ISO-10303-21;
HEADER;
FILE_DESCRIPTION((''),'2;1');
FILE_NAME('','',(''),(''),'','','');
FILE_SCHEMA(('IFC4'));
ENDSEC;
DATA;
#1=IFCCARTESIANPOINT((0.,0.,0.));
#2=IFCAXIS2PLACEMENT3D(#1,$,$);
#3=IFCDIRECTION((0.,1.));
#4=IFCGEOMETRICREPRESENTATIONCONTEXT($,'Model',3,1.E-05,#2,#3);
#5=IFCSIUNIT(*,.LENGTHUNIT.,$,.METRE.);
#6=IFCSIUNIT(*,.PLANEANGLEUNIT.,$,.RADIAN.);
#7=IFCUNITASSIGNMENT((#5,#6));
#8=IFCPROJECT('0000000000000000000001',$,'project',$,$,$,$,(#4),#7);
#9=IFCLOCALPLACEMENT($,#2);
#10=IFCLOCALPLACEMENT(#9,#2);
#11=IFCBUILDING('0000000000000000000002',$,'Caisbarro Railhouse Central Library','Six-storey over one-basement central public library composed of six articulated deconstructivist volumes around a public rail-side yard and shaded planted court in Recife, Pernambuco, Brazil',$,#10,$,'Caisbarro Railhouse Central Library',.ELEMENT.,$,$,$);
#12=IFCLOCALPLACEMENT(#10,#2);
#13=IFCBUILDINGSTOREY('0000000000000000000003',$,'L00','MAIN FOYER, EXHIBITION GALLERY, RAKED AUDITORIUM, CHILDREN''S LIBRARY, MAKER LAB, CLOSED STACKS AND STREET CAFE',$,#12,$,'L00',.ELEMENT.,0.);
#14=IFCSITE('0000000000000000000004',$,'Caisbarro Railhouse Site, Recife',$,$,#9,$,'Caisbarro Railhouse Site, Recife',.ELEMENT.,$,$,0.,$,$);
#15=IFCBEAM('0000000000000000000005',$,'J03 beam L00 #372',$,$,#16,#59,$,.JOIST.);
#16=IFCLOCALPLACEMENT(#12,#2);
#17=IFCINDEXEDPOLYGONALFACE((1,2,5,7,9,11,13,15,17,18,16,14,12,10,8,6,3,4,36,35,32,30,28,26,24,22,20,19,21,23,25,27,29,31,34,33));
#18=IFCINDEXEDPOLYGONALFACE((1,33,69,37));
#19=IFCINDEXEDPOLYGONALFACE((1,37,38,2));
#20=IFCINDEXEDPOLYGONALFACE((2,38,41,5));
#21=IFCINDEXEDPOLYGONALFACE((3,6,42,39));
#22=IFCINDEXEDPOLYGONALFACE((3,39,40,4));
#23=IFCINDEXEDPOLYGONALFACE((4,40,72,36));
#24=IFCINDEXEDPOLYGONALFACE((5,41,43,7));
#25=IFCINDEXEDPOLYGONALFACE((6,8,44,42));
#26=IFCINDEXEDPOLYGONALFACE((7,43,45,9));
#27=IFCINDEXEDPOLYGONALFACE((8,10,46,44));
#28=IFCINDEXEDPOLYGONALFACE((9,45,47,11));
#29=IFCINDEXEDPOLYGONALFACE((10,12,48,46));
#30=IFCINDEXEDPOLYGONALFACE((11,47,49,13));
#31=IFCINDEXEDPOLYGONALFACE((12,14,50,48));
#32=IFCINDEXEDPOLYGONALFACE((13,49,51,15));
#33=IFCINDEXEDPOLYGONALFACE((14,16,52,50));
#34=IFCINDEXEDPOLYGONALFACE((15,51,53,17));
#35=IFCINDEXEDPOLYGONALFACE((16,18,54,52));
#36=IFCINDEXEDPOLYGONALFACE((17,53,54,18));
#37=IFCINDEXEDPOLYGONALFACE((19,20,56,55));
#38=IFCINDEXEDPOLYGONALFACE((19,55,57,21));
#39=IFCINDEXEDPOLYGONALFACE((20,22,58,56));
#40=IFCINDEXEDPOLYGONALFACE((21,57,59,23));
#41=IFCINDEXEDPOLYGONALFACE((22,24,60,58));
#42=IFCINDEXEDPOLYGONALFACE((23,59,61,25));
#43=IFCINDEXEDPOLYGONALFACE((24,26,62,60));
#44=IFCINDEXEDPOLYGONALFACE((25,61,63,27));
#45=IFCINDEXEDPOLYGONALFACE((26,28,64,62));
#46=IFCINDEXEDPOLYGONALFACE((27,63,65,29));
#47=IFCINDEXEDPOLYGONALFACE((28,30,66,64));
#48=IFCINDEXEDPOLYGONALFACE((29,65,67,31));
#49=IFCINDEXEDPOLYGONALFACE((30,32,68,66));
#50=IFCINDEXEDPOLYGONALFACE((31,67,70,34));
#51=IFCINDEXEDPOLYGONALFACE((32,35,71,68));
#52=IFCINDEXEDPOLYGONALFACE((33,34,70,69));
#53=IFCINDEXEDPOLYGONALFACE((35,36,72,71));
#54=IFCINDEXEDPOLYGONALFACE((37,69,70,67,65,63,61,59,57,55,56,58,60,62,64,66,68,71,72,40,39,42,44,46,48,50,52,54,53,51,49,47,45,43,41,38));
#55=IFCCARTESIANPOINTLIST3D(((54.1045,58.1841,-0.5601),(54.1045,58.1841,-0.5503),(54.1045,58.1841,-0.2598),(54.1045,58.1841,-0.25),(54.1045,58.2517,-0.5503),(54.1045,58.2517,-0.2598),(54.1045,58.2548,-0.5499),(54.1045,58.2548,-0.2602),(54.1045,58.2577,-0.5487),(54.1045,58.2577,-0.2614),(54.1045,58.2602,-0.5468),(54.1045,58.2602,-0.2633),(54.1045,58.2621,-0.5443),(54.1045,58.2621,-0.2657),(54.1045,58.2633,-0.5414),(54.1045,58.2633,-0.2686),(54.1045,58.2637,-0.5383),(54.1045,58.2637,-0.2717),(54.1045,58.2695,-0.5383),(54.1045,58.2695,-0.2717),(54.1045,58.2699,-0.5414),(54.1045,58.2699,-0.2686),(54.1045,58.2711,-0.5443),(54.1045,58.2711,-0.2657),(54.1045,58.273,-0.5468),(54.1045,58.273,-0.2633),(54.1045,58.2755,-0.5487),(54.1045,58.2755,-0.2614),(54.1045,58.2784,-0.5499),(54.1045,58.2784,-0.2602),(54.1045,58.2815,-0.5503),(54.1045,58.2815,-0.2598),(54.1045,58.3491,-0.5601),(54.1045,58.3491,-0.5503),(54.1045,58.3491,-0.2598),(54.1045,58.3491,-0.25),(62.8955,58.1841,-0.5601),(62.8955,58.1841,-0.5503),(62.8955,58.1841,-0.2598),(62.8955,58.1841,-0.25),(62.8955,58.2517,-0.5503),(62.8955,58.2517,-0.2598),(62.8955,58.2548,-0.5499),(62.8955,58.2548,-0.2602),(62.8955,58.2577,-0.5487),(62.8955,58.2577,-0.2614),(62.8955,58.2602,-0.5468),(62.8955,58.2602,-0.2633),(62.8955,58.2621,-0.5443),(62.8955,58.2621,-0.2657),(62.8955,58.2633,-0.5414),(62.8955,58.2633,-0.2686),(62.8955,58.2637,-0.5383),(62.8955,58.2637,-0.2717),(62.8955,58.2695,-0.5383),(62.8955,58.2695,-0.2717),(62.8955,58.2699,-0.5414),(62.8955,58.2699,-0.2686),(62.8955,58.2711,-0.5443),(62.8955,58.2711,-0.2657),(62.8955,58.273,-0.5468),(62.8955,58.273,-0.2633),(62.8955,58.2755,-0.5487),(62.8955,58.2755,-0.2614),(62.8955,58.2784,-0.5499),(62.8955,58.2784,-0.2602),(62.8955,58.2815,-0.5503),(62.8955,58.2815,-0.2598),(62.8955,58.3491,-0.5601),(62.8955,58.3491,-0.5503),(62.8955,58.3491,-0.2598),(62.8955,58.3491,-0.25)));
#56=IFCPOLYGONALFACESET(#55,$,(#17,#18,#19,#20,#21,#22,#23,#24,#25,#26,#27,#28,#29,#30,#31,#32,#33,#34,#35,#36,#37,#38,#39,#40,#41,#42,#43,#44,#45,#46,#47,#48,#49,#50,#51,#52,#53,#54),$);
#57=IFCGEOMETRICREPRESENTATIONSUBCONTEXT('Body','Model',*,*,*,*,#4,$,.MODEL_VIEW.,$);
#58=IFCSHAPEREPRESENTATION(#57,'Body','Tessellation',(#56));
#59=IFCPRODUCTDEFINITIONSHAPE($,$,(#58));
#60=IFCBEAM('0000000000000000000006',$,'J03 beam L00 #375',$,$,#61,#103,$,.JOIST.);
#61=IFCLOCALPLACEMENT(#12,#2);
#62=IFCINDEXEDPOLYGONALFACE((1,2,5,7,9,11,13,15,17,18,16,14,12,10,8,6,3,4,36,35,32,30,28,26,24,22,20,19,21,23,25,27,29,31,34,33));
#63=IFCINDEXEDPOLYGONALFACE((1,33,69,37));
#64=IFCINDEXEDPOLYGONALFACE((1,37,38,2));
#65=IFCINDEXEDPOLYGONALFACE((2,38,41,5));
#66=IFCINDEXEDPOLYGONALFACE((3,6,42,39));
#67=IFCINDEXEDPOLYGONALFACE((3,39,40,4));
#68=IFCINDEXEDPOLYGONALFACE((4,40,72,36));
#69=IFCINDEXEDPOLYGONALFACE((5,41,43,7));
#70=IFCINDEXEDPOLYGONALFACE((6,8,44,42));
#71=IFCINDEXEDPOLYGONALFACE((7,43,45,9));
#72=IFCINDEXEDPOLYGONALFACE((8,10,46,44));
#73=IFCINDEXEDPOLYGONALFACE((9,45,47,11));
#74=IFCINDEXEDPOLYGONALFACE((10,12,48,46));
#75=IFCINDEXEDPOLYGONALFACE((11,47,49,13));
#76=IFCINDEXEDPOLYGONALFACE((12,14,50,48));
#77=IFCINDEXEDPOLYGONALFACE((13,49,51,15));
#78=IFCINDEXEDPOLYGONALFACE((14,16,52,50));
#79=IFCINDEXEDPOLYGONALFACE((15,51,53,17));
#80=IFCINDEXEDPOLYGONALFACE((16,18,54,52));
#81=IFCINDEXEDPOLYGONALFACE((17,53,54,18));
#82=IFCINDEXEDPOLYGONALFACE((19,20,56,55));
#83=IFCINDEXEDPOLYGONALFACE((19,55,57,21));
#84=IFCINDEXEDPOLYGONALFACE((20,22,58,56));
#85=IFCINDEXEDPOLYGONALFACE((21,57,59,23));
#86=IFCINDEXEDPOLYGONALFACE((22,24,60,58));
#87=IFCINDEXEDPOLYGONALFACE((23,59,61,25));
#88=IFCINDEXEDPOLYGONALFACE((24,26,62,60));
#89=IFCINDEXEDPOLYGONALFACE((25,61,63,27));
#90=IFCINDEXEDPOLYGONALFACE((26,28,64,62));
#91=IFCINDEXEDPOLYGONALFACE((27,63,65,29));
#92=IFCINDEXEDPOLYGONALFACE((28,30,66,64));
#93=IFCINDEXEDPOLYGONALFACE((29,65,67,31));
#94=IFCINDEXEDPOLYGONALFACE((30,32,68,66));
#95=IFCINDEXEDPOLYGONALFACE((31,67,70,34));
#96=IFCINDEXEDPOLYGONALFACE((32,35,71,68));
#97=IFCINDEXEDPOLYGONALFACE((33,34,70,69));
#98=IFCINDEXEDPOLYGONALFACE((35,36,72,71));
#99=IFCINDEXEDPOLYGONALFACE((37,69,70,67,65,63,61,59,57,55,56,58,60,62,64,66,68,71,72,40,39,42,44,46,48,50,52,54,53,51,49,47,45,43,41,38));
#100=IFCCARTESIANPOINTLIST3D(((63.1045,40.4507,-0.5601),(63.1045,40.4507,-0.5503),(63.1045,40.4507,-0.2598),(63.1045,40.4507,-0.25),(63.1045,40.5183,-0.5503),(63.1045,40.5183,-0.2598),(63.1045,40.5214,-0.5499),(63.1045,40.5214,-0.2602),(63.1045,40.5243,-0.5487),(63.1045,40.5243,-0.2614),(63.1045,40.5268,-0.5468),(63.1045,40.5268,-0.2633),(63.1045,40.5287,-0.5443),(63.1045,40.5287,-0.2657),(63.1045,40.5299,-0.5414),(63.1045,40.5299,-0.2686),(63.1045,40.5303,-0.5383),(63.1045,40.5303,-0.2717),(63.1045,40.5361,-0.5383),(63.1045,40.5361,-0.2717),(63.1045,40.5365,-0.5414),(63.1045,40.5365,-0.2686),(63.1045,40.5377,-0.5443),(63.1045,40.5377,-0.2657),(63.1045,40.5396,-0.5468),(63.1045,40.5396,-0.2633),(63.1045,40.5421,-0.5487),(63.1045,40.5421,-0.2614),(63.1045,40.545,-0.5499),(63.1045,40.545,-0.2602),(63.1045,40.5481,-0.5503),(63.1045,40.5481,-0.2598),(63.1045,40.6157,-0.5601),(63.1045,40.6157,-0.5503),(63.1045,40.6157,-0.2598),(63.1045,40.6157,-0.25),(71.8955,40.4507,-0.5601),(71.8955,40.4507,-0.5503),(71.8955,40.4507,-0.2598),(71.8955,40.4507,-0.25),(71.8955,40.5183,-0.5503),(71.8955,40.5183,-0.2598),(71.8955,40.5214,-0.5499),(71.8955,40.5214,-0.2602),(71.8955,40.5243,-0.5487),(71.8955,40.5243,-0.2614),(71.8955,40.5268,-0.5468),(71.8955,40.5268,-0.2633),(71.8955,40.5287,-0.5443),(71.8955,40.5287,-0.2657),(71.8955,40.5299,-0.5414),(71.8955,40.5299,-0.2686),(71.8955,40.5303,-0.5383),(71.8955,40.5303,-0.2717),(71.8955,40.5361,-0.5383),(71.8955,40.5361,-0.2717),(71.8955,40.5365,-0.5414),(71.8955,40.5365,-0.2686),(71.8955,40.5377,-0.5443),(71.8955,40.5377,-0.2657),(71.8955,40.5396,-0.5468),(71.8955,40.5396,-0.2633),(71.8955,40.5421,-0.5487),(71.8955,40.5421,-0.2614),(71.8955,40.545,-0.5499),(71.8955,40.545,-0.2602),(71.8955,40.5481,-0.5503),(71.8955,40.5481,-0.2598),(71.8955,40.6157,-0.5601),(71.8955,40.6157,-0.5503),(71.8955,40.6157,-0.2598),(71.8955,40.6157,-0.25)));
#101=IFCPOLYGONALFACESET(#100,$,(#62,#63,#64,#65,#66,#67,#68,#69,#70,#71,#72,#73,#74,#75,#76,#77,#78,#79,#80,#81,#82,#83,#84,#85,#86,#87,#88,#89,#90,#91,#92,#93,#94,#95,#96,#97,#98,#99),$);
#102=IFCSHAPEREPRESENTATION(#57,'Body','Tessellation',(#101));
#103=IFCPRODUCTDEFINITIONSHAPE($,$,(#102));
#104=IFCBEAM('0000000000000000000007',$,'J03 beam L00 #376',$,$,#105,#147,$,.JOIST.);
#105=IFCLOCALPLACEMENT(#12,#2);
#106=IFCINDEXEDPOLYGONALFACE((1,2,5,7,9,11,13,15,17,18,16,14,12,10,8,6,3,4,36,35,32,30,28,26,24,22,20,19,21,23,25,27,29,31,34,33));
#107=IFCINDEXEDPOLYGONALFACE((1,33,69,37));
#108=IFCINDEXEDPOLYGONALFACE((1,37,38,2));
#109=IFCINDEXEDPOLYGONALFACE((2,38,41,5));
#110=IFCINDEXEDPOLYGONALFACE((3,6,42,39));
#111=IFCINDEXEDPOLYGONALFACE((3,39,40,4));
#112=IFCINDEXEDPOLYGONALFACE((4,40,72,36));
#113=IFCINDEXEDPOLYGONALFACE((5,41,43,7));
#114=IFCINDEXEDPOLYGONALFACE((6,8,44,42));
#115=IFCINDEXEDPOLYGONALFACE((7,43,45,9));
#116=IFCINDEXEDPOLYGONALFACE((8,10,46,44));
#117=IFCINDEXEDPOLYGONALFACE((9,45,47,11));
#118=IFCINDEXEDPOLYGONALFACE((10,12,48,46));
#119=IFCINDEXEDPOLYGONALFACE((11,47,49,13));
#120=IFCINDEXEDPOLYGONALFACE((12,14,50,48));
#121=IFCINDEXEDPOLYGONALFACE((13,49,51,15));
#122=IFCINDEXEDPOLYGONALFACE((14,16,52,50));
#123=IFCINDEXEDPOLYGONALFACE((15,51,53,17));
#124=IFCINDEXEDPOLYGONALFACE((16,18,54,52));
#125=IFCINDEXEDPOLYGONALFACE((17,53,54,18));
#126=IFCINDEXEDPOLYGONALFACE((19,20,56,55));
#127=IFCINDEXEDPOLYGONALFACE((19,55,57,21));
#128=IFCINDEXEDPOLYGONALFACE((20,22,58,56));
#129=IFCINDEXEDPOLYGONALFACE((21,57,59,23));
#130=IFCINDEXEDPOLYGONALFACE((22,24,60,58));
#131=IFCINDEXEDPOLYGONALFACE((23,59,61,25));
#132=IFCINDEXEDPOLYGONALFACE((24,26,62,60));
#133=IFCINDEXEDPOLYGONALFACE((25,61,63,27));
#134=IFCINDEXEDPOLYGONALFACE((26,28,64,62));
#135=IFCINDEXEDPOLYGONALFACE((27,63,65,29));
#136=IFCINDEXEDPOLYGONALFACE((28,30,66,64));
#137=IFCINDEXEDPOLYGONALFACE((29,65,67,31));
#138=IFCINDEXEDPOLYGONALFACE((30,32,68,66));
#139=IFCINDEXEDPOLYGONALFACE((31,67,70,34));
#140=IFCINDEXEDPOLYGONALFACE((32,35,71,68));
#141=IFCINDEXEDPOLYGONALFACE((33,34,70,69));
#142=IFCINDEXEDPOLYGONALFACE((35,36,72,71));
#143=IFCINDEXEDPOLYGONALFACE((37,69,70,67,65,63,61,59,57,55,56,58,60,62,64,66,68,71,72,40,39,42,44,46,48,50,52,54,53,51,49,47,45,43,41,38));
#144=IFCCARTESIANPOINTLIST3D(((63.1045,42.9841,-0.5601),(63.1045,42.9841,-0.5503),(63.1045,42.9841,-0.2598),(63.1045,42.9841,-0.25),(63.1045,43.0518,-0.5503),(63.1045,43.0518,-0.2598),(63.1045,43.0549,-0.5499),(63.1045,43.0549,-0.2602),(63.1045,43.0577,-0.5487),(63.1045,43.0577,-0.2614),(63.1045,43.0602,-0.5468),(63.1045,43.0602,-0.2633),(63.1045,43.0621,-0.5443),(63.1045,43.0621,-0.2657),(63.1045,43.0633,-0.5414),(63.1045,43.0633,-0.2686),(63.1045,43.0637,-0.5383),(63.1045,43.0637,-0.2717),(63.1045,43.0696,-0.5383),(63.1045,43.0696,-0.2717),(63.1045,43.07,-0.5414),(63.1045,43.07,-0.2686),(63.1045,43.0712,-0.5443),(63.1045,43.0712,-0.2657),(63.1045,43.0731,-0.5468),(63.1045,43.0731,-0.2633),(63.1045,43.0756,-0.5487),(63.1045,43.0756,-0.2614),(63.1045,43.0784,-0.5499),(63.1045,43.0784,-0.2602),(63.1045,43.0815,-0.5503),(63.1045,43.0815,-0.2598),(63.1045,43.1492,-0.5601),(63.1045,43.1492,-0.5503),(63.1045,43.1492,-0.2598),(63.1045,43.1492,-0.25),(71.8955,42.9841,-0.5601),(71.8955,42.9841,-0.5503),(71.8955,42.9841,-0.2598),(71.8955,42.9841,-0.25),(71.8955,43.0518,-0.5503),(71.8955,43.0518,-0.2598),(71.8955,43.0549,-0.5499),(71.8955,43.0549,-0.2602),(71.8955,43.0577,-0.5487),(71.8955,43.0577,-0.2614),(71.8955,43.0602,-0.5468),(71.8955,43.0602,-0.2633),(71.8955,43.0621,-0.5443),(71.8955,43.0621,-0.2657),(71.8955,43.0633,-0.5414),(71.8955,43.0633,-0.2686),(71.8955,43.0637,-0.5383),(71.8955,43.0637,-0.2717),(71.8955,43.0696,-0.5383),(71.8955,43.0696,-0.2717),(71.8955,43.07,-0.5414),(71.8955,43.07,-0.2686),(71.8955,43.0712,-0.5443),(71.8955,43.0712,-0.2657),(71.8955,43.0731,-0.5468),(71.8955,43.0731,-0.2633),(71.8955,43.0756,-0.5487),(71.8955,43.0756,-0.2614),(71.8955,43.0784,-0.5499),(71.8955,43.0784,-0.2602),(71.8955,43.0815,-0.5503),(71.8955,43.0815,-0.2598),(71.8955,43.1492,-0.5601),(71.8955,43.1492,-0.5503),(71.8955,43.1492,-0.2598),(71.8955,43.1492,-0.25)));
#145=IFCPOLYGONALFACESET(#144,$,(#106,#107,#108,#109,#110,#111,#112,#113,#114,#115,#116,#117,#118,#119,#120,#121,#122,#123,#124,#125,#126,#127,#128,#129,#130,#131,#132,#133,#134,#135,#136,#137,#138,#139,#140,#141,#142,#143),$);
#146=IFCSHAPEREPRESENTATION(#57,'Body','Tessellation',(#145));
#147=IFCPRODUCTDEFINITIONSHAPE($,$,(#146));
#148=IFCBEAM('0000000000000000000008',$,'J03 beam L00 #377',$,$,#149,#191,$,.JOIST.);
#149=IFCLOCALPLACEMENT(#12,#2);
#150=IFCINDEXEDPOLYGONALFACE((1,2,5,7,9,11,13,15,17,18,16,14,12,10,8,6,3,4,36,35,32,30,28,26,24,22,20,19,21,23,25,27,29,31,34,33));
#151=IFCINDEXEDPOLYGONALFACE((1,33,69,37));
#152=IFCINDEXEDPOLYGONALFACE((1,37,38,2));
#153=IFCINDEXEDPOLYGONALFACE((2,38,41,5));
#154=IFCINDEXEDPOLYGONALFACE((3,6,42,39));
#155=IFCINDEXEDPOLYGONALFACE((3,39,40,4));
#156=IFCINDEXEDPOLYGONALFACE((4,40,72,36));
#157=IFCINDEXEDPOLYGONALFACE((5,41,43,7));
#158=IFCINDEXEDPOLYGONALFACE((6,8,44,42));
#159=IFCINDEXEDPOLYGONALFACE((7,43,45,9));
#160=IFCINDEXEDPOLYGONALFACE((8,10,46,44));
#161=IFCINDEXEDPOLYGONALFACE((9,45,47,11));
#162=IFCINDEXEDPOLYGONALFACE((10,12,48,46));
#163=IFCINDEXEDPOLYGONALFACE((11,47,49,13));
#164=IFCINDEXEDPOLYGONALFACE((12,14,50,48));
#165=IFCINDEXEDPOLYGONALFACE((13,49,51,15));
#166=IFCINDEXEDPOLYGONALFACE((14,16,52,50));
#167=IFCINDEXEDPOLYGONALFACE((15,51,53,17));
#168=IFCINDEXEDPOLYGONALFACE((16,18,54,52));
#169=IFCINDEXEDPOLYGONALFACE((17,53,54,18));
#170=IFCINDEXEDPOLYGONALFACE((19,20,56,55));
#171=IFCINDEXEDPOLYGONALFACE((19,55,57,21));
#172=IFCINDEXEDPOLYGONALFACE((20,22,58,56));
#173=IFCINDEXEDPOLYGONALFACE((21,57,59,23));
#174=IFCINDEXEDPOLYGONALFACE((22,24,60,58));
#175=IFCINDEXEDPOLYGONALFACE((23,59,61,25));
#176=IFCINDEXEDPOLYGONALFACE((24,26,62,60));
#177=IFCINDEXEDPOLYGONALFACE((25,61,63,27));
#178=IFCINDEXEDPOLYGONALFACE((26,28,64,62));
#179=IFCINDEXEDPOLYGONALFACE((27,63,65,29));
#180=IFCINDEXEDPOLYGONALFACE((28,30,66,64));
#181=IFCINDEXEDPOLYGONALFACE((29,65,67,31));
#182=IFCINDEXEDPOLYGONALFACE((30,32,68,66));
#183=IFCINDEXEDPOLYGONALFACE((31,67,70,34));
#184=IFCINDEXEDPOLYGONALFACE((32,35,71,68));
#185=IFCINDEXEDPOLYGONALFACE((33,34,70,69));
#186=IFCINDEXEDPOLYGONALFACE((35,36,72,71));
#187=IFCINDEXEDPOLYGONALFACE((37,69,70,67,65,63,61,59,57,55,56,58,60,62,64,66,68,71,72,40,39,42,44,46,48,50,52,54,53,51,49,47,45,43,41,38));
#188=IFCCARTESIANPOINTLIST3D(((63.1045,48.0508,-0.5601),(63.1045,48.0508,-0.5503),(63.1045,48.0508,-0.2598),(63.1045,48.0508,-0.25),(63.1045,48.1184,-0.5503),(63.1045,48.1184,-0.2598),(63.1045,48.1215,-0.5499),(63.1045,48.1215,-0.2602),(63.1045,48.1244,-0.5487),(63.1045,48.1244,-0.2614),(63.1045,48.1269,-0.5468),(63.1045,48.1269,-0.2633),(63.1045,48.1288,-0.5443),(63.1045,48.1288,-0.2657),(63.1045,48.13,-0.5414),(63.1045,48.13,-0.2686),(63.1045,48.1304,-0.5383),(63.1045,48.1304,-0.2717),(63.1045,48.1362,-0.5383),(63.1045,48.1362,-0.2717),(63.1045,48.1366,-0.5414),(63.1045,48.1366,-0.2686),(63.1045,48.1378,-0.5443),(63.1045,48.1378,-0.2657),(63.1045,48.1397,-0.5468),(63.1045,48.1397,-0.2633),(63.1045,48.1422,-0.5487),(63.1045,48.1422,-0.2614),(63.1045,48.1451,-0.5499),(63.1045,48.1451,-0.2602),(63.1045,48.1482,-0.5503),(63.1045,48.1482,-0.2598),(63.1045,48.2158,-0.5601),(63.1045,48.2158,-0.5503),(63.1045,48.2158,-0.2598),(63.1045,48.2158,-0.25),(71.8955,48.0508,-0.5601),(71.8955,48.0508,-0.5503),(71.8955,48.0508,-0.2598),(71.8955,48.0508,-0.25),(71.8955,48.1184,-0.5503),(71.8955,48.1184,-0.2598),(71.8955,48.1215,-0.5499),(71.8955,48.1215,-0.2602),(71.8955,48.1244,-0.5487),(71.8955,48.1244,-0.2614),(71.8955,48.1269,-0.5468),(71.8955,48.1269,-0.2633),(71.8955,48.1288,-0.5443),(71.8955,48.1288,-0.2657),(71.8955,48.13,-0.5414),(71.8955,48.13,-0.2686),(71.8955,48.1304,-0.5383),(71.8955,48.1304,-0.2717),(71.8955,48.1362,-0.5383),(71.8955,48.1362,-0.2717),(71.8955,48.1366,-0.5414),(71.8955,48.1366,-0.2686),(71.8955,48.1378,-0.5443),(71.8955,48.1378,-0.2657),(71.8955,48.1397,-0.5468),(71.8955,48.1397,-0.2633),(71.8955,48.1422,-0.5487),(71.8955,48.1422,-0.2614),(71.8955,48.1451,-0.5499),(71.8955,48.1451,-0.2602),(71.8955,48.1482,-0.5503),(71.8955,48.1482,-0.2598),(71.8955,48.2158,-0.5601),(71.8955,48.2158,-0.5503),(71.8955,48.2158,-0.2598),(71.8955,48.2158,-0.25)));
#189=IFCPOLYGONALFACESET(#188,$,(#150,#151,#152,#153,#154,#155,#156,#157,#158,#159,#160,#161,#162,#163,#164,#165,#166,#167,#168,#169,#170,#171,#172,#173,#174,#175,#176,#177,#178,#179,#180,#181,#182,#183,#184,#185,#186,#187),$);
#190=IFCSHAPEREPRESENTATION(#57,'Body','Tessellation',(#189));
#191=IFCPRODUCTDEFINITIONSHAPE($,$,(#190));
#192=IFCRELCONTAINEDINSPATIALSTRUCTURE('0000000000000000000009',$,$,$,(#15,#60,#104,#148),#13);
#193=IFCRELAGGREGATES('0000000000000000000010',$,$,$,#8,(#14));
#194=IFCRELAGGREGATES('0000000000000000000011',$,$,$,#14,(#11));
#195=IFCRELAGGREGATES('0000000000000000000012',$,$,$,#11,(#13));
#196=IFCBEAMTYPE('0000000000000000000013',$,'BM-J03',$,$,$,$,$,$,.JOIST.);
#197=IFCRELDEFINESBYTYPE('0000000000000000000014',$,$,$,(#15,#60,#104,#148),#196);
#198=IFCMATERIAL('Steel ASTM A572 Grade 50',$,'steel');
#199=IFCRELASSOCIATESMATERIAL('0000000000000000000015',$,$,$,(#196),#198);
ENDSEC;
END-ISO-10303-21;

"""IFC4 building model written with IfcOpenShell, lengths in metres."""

from ifc_helpers import new_model, si_unit, direction, frame, origin, origin_2d, place, context, subcontext, project, spatial, i_section, extrude, material, material_profile, profile_set, type_object, element, save


model = new_model("IFC4")

# Units and contexts
model_context = context("Model", 3, precision=1e-05, world=origin(), true_north=direction((0.0, 1.0)))
body_context = subcontext(model_context, "Body", "Model", "MODEL_VIEW")
ifc_project = project(units=[si_unit("LENGTHUNIT", "METRE"), si_unit("PLANEANGLEUNIT", "RADIAN")], contexts=[model_context])

# Site, building, storey
site_placement = place(None, origin())
site = spatial("IfcSite", under=ifc_project, at=site_placement, Name="Caisbarro Railhouse Site, Recife", LongName="Caisbarro Railhouse Site, Recife", CompositionType="ELEMENT", RefElevation=0.0)
building_placement = place(site_placement, origin())
building = spatial("IfcBuilding", under=site, at=building_placement, Name="Caisbarro Railhouse Central Library", Description="Six-storey over one-basement central public library composed of six articulated deconstructivist volumes around a public rail-side yard and shaded planted court in Recife, Pernambuco, Brazil", LongName="Caisbarro Railhouse Central Library", CompositionType="ELEMENT")
storey_placement = place(building_placement, origin())
storey = spatial("IfcBuildingStorey", under=building, at=storey_placement, Name="L00", Description="MAIN FOYER, EXHIBITION GALLERY, RAKED AUDITORIUM, CHILDREN'S LIBRARY, MAKER LAB, CLOSED STACKS AND STREET CAFE", LongName="L00", CompositionType="ELEMENT", Elevation=0.0)

# Shared definitions
ifc_material_1 = material(Name="Steel ASTM A572 Grade 50", Category="steel")

# Beams
ifc_material_profile_1 = material_profile(ifc_material_1, i_section(OverallWidth=0.165, OverallDepth=0.3101, WebThickness=0.0059, FlangeThickness=0.0098, FilletRadius=0.012, at=origin_2d()), Name="W310X38.7")
ifc_profile_set_1 = profile_set([ifc_material_profile_1], Name="Steel ASTM A572 Grade 50")
beam_type_1 = type_object("IfcBeamType", Name="BM-J03", PredefinedType="JOIST", material=ifc_profile_set_1)
for number, where, z_axis, x_axis, name in (
    (1, (54.1045, 58.2666, -0.405), (1.0, 0.0, 0.0), (0.0, 1.0, 0.0), "J03 beam L00 #372"),
    (2, (63.1045, 40.5332, -0.405), (1.0, 0.0, 0.0), (0.0, 1.0, 0.0), "J03 beam L00 #375"),
    (3, (63.1045, 43.0667, -0.405), (1.0, 0.0, 0.0), (0.0, 1.0, 0.0), "J03 beam L00 #376"),
    (4, (63.1045, 48.1333, -0.405), (1.0, 0.0, 0.0), (0.0, 1.0, 0.0), "J03 beam L00 #377"),
):
    element("IfcBeam", number, at=place(storey_placement, frame(where, z_axis=z_axis, x_axis=x_axis)), inside=storey, type_object=beam_type_1, Name=name, PredefinedType="JOIST", context=body_context, shape_type="SweptSolid", body=[
        extrude(i_section(OverallWidth=0.165, OverallDepth=0.3101, WebThickness=0.0059, FlangeThickness=0.0098, FilletRadius=0.012, at=origin_2d()), origin(), (0.0, 0.0, 1.0), 8.791),
    ])

save(model, "model.ifc")
